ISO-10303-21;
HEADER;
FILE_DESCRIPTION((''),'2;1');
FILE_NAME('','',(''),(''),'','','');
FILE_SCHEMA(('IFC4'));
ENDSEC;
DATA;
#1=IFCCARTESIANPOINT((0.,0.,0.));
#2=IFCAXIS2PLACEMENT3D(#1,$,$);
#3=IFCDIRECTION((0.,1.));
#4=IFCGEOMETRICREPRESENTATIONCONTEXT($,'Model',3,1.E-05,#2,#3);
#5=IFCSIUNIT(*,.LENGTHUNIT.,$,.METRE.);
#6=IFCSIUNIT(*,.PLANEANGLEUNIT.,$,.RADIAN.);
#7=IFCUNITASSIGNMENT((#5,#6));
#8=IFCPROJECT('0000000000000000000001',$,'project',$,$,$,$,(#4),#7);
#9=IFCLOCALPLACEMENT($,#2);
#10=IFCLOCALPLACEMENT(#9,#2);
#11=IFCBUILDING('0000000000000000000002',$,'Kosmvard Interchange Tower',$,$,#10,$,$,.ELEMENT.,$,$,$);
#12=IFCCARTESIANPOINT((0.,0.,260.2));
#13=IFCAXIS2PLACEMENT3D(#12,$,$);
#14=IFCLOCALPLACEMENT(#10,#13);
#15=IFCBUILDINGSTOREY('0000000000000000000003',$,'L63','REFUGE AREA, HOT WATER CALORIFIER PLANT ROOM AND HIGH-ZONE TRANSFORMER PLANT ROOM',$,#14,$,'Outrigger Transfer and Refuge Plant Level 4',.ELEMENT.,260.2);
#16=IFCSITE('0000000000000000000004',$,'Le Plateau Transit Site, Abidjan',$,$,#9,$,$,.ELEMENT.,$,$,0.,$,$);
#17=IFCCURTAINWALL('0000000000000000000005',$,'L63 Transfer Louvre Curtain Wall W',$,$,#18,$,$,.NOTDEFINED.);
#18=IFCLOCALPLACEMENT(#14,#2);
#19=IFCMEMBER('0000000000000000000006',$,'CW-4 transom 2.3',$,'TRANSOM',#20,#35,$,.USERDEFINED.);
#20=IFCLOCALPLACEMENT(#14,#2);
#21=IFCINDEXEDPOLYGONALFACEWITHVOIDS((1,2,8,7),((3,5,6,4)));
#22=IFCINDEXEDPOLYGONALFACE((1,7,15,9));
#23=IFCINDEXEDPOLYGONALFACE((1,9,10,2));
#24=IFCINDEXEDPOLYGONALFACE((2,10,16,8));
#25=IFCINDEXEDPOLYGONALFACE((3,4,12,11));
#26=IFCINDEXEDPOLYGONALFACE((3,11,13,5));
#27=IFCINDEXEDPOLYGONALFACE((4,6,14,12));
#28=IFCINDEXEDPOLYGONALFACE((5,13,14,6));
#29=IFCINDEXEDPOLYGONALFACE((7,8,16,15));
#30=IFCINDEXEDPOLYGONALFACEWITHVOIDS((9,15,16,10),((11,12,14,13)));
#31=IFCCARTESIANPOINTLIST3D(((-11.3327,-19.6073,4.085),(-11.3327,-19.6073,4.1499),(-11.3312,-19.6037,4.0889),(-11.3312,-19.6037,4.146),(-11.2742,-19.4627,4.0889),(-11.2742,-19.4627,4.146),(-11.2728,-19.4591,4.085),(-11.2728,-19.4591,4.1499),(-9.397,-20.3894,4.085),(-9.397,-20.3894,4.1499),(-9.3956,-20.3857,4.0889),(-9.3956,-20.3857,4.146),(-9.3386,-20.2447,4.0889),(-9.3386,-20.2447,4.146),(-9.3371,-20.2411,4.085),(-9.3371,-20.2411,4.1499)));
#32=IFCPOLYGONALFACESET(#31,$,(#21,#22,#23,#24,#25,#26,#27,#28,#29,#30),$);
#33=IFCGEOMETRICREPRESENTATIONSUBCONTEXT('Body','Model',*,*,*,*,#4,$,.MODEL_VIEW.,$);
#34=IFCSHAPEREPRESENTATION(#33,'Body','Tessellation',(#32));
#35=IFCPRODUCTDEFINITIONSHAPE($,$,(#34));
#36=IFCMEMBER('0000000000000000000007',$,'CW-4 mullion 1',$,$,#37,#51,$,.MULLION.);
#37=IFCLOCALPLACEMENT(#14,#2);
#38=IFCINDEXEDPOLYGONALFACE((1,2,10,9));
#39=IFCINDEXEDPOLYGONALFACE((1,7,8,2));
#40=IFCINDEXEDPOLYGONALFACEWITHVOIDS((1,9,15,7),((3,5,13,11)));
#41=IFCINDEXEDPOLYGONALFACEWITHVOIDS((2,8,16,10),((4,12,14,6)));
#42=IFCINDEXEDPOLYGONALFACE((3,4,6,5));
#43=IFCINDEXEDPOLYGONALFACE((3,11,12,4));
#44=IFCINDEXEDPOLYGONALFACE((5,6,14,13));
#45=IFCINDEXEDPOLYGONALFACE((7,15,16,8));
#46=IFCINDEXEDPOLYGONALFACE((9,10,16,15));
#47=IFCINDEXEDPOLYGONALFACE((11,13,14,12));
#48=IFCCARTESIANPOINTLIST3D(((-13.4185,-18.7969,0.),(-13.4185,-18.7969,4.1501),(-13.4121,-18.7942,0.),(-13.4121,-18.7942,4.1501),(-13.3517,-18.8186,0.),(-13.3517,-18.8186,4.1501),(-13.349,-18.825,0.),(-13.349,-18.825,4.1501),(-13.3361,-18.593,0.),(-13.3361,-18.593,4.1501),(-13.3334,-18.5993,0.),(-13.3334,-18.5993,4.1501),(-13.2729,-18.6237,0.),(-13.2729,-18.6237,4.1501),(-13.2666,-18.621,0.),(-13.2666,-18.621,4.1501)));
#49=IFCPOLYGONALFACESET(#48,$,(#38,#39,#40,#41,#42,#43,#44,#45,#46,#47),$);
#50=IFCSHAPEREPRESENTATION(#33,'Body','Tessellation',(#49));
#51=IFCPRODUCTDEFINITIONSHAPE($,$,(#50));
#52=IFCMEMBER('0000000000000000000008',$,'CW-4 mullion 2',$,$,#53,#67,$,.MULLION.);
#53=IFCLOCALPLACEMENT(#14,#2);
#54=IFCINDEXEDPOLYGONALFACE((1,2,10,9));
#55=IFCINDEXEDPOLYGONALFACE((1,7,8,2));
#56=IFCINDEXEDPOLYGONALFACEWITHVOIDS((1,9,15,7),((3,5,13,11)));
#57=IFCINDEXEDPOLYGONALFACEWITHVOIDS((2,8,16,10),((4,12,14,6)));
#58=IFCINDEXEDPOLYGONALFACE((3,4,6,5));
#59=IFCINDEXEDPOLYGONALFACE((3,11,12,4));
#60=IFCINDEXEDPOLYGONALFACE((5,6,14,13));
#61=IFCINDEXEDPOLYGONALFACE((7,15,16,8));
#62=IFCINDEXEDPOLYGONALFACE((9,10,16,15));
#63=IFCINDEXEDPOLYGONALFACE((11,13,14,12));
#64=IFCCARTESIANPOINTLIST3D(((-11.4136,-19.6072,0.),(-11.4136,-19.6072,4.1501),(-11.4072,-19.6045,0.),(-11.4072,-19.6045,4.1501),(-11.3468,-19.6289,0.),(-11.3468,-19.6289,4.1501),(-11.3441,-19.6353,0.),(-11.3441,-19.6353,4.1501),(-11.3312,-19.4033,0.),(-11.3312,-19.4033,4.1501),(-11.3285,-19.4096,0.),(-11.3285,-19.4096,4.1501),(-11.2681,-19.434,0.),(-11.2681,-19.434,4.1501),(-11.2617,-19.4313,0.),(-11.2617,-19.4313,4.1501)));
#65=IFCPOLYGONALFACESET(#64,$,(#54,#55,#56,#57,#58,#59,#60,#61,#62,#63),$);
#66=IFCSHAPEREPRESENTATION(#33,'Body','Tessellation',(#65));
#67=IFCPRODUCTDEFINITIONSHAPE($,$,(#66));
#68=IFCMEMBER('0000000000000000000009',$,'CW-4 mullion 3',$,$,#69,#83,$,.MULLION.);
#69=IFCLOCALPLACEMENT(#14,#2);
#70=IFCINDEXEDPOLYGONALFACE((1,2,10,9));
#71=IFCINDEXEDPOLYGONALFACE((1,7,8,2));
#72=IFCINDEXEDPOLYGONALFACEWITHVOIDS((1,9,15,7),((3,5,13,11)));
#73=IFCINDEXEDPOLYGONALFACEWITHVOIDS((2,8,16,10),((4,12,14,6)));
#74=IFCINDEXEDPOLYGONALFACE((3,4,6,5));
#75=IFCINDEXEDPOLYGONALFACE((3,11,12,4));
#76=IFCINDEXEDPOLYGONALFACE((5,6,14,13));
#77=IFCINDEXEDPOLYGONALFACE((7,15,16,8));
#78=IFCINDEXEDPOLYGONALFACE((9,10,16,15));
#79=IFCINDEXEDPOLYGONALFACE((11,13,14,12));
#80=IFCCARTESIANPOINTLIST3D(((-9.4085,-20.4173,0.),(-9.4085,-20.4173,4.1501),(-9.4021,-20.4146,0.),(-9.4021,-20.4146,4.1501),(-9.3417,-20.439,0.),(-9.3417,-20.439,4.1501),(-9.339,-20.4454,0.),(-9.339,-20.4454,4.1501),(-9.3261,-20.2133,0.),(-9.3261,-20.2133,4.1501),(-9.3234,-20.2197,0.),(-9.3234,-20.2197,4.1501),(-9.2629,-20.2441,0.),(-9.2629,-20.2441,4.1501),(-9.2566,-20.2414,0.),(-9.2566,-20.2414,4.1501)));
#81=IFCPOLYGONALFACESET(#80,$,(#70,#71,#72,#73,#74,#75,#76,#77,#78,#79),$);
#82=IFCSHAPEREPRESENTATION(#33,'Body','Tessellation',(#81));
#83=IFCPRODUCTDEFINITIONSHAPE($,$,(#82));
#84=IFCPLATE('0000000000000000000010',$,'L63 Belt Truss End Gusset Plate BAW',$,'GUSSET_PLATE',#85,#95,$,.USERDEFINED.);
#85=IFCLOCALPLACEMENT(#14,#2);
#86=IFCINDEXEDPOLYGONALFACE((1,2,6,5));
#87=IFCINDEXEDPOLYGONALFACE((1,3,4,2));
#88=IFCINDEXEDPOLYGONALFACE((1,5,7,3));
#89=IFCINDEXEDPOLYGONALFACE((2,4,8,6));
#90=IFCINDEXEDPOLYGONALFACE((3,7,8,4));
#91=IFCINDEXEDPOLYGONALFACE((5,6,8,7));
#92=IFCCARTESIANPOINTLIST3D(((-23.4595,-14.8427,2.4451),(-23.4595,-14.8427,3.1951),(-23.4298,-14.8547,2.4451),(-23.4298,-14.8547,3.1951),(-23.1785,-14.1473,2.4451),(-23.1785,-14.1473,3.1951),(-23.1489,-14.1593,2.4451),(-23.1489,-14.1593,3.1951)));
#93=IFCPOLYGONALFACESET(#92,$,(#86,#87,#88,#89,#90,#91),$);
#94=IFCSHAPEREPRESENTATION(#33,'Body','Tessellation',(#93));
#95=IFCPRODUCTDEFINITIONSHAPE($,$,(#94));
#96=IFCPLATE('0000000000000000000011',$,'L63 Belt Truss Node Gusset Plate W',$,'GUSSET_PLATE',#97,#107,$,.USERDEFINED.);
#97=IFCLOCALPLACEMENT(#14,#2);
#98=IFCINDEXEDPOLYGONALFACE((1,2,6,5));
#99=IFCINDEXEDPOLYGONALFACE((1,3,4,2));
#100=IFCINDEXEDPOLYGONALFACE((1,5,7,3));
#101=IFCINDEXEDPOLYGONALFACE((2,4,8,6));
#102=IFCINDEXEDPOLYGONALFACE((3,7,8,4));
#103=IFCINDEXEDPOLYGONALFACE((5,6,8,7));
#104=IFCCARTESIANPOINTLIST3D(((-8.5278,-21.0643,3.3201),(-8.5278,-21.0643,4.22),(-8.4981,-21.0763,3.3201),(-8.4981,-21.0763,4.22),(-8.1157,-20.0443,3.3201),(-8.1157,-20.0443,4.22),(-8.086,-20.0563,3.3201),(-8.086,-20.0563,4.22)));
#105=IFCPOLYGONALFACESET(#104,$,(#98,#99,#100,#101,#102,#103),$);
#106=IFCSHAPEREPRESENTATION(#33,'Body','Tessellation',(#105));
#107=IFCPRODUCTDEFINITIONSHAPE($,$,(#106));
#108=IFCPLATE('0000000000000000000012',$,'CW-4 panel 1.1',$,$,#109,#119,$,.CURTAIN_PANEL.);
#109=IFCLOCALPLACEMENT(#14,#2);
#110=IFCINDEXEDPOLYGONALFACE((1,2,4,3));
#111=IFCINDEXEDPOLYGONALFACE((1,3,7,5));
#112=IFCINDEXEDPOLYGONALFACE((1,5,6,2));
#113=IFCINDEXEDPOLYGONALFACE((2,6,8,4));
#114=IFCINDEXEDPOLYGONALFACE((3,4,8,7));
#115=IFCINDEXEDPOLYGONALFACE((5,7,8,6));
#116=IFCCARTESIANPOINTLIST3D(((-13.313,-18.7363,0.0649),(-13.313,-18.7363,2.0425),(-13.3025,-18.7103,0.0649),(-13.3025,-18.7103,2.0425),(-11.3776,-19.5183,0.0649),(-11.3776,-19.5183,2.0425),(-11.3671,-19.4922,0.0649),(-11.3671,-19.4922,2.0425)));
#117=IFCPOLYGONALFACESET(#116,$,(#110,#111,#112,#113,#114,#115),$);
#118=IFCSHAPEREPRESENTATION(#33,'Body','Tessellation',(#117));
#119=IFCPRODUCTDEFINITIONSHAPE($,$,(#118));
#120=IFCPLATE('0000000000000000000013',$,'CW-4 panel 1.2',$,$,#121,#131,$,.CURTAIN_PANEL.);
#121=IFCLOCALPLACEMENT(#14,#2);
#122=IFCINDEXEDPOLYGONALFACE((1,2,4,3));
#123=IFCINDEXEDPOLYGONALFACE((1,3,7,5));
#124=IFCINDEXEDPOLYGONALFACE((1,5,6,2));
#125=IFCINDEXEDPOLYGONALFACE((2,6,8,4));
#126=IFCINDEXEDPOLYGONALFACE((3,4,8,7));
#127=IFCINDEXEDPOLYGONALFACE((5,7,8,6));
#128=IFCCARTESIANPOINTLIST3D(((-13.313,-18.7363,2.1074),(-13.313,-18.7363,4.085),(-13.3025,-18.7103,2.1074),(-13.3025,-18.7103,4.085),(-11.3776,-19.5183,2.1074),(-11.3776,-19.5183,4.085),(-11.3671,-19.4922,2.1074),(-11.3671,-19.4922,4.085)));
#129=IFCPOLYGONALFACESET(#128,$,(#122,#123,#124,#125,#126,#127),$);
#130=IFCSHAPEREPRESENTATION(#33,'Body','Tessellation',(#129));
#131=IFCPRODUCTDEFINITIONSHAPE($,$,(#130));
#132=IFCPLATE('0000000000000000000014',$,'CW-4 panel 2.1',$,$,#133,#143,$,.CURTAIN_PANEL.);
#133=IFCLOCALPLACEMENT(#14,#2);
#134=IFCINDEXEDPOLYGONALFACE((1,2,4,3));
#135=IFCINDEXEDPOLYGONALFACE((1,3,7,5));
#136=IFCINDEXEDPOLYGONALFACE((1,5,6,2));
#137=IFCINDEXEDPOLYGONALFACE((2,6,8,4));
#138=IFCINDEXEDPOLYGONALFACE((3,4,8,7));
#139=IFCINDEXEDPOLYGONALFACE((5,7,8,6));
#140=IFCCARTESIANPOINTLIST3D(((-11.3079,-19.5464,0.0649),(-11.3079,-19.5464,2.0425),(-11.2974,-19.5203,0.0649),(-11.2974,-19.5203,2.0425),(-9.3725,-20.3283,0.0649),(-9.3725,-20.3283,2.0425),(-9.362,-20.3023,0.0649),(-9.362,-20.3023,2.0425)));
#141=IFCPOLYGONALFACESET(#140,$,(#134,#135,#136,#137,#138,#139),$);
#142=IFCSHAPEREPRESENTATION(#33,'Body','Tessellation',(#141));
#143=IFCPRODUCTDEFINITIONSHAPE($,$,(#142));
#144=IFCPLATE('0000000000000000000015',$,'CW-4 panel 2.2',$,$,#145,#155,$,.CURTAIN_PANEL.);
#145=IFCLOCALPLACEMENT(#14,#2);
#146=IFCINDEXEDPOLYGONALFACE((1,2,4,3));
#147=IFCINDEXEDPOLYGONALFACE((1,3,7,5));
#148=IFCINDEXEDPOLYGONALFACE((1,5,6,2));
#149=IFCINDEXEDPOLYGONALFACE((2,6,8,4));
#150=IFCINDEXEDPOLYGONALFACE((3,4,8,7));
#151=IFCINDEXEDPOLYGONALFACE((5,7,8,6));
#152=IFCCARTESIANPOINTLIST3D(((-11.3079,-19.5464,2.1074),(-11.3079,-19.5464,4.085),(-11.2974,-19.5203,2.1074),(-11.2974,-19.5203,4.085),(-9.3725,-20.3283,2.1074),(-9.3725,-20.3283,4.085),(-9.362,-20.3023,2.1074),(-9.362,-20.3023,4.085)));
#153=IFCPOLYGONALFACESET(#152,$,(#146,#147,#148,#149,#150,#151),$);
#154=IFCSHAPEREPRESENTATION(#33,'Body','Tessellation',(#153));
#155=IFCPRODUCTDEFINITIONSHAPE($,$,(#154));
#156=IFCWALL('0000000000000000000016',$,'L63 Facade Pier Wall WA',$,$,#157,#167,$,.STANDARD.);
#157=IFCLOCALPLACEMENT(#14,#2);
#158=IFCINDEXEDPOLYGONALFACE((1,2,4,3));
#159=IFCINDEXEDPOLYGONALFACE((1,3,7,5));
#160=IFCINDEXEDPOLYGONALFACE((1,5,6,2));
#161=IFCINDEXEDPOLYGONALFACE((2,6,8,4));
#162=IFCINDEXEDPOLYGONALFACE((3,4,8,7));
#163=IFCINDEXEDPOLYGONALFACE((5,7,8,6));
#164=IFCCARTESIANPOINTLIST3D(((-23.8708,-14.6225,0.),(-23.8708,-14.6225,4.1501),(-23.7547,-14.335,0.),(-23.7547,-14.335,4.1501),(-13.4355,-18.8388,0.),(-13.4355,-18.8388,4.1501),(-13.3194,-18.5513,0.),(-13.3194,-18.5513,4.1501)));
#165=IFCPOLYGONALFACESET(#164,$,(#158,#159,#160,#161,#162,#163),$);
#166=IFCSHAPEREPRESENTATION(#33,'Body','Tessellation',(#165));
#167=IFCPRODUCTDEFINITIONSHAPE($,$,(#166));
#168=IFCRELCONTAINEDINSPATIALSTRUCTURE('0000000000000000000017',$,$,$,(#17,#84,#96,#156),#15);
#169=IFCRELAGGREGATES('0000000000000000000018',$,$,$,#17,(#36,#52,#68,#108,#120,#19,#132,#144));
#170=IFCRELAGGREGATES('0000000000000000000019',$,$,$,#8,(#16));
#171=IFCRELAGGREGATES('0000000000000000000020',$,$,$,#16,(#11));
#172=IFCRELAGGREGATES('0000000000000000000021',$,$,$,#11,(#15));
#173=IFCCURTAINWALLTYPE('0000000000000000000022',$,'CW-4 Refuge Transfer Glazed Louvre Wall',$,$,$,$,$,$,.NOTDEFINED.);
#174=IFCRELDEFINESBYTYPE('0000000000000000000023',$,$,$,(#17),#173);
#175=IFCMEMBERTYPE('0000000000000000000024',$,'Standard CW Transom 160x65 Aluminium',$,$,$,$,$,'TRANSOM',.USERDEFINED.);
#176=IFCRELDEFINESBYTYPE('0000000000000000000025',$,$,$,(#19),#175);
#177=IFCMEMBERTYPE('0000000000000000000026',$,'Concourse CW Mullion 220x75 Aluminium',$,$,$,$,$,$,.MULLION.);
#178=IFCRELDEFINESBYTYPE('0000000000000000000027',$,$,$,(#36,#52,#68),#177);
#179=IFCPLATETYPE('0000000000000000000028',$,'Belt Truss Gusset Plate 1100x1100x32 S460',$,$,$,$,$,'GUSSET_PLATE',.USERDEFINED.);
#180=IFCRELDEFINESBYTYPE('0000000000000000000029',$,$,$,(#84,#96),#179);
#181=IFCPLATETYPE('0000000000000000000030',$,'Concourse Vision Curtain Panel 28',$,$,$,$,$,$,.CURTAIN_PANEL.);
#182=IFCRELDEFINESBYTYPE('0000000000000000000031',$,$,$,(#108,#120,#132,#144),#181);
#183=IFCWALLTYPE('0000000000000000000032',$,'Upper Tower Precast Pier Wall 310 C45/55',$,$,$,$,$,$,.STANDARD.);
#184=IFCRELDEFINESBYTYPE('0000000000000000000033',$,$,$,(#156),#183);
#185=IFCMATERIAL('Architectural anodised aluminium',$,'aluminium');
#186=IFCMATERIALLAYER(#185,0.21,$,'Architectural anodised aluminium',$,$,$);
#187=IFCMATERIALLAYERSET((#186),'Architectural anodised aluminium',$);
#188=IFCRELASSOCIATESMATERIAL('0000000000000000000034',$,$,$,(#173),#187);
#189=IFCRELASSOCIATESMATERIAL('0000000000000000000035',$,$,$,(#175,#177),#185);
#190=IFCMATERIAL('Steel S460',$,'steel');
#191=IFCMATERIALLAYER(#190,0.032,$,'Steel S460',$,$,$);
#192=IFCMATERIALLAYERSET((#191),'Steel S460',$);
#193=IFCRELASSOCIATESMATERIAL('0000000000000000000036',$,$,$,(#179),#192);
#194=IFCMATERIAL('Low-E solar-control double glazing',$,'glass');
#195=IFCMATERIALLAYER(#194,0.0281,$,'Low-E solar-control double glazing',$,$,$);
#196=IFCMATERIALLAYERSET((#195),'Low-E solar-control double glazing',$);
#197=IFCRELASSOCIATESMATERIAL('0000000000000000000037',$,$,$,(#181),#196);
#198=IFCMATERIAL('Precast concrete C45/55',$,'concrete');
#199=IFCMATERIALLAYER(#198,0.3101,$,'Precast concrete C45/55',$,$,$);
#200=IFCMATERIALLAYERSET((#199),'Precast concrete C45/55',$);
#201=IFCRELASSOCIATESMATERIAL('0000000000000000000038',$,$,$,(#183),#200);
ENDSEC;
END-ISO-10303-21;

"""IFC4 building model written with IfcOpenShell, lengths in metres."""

from ifc_helpers import new_model, si_unit, direction, frame, frame_2d, origin, origin_2d, place, context, subcontext, project, spatial, rectangle, hollow_rectangle, extrude, source, transform, mapped, material, layer, layer_set, material_profile, profile_set, type_object, element, aggregate, save


model = new_model("IFC4")

# Units and contexts
model_context = context("Model", 3, precision=1e-05, world=origin(), true_north=direction((0.0, 1.0)))
body_context = subcontext(model_context, "Body", "Model", "MODEL_VIEW")
ifc_project = project(units=[si_unit("LENGTHUNIT", "METRE"), si_unit("PLANEANGLEUNIT", "RADIAN")], contexts=[model_context])

# Site, building, storey
site_placement = place(None, origin())
site = spatial("IfcSite", under=ifc_project, at=site_placement, Name="Le Plateau Transit Site, Abidjan", CompositionType="ELEMENT", RefElevation=0.0)
building_placement = place(site_placement, origin())
building = spatial("IfcBuilding", under=site, at=building_placement, Name="Kosmvard Interchange Tower", CompositionType="ELEMENT")
storey_placement = place(building_placement, frame((0.0, 0.0, 260.2)))
storey = spatial("IfcBuildingStorey", under=building, at=storey_placement, Name="L63", Description="REFUGE AREA, HOT WATER CALORIFIER PLANT ROOM AND HIGH-ZONE TRANSFORMER PLANT ROOM", LongName="Outrigger Transfer and Refuge Plant Level 4", CompositionType="ELEMENT", Elevation=260.2)

# Shared definitions
ifc_material_1 = material(Name="Steel S460", Category="steel")

# Curtain wall, members
ifc_material_2 = material(Name="Architectural anodised aluminium", Category="aluminium")
ifc_layer_1 = layer(ifc_material_2, 0.21, Name="Architectural anodised aluminium")
ifc_layer_set_1 = layer_set([ifc_layer_1], Name="Architectural anodised aluminium")
curtain_wall_type = type_object("IfcCurtainWallType", Name="CW-4 Refuge Transfer Glazed Louvre Wall", PredefinedType="NOTDEFINED", material=ifc_layer_set_1)
curtain_wall_placement = place(storey_placement, origin())
curtain_wall = element("IfcCurtainWall", 1, at=curtain_wall_placement, inside=storey, type_object=curtain_wall_type, Name="L63 Transfer Louvre Curtain Wall W", PredefinedType="NOTDEFINED")
ifc_material_profile_1 = material_profile(ifc_material_2, hollow_rectangle(XDim=0.1599, YDim=0.0649, WallThickness=0.0039, at=origin_2d()), Name="CWT 160x65x4")
ifc_profile_set_1 = profile_set([ifc_material_profile_1], Name="Architectural anodised aluminium")
member_type_1 = type_object("IfcMemberType", Name="Standard CW Transom 160x65 Aluminium", ElementType="TRANSOM", PredefinedType="USERDEFINED", material=ifc_profile_set_1)
shared_shape_1 = source(origin(), body_context, "Body", "SweptSolid", [
    extrude(hollow_rectangle(XDim=0.1599, YDim=0.0649, WallThickness=0.0039, at=origin_2d()), origin(), (0.0, 0.0, 1.0), 2.0876),
])
member_1_placement = place(storey_placement, frame((-11.3027, -19.5332, 4.1174), z_axis=(0.927189, -0.374595, 0.0), x_axis=(0.374595, 0.927189, 0.0)))
member_1 = element("IfcMember", 2, at=member_1_placement, type_object=member_type_1, Name="CW-4 transom 2.3", ObjectType="TRANSOM", PredefinedType="USERDEFINED", context=body_context, shape_type="MappedRepresentation", body=[
    mapped(shared_shape_1, transform((0.0, 0.0, 0.0), scale=1.0)),
])
ifc_material_profile_2 = material_profile(ifc_material_2, hollow_rectangle(XDim=0.22, YDim=0.075, WallThickness=0.0049, at=origin_2d()), Name="CWM 220x75x5")
ifc_profile_set_2 = profile_set([ifc_material_profile_2], Name="Architectural anodised aluminium")
member_type_2 = type_object("IfcMemberType", Name="Concourse CW Mullion 220x75 Aluminium", PredefinedType="MULLION", material=ifc_profile_set_2)
shared_shape_2 = source(origin(), body_context, "Body", "SweptSolid", [
    extrude(hollow_rectangle(XDim=0.22, YDim=0.075, WallThickness=0.0049, at=origin_2d()), origin(), (0.0, 0.0, 1.0), 4.1501),
])
member_2_placement = place(storey_placement, frame((-13.3425, -18.709, 0.0), z_axis=(0.0, 0.0, 1.0), x_axis=(0.374607, 0.927184, 0.0)))
member_2 = element("IfcMember", 3, at=member_2_placement, type_object=member_type_2, Name="CW-4 mullion 1", PredefinedType="MULLION", context=body_context, shape_type="MappedRepresentation", body=[
    mapped(shared_shape_2, transform((0.0, 0.0, 0.0), scale=1.0)),
])
member_3_placement = place(storey_placement, frame((-11.3376, -19.5193, 0.0), z_axis=(0.0, 0.0, 1.0), x_axis=(0.374607, 0.927184, 0.0)))
member_3 = element("IfcMember", 4, at=member_3_placement, type_object=member_type_2, Name="CW-4 mullion 2", PredefinedType="MULLION", context=body_context, shape_type="MappedRepresentation", body=[
    mapped(shared_shape_2, transform((0.0, 0.0, 0.0), scale=1.0)),
])
member_4_placement = place(storey_placement, frame((-9.3325, -20.3293, 0.0), z_axis=(0.0, 0.0, 1.0), x_axis=(0.374607, 0.927184, 0.0)))
member_4 = element("IfcMember", 5, at=member_4_placement, type_object=member_type_2, Name="CW-4 mullion 3", PredefinedType="MULLION", context=body_context, shape_type="MappedRepresentation", body=[
    mapped(shared_shape_2, transform((0.0, 0.0, 0.0), scale=1.0)),
])

# Plates
ifc_layer_2 = layer(ifc_material_1, 0.032, Name="Steel S460")
ifc_layer_set_2 = layer_set([ifc_layer_2], Name="Steel S460")
plate_type_1 = type_object("IfcPlateType", Name="Belt Truss Gusset Plate 1100x1100x32 S460", ElementType="GUSSET_PLATE", PredefinedType="USERDEFINED", material=ifc_layer_set_2)
shared_shape_3 = source(origin(), body_context, "Body", "SweptSolid", [
    extrude(rectangle(XDim=0.75, YDim=0.032, at=origin_2d()), origin(), (0.0, 0.0, 1.0), 0.75),
])
plate_1_placement = place(storey_placement, frame((-23.3042, -14.501, 2.4451), z_axis=(0.0, 0.0, 1.0), x_axis=(0.374607, 0.927184, 0.0)))
element("IfcPlate", 6, at=plate_1_placement, inside=storey, type_object=plate_type_1, Name="L63 Belt Truss End Gusset Plate BAW", ObjectType="GUSSET_PLATE", PredefinedType="USERDEFINED", context=body_context, shape_type="MappedRepresentation", body=[
    mapped(shared_shape_3, transform((0.0, 0.0, 0.0), scale=1.0)),
])
shared_shape_4 = source(origin(), body_context, "Body", "SweptSolid", [
    extrude(rectangle(XDim=1.1001, YDim=0.032, at=origin_2d()), origin(), (0.0, 0.0, 1.0), 0.8999),
])
plate_2_placement = place(storey_placement, frame((-8.3069, -20.5603, 3.3201), z_axis=(0.0, 0.0, 1.0), x_axis=(0.374607, 0.927184, 0.0)))
element("IfcPlate", 7, at=plate_2_placement, inside=storey, type_object=plate_type_1, Name="L63 Belt Truss Node Gusset Plate W", ObjectType="GUSSET_PLATE", PredefinedType="USERDEFINED", context=body_context, shape_type="MappedRepresentation", body=[
    mapped(shared_shape_4, transform((0.0, 0.0, 0.0), scale=1.0)),
])

# Plates
ifc_material_3 = material(Name="Low-E solar-control double glazing", Category="glass")
ifc_layer_3 = layer(ifc_material_3, 0.0281, Name="Low-E solar-control double glazing")
ifc_layer_set_3 = layer_set([ifc_layer_3], Name="Low-E solar-control double glazing")
plate_type_2 = type_object("IfcPlateType", Name="Concourse Vision Curtain Panel 28", PredefinedType="CURTAIN_PANEL", material=ifc_layer_set_3)
shared_shape_5 = source(origin(), body_context, "Body", "SweptSolid", [
    extrude(rectangle(XDim=2.0874, YDim=0.0281, at=origin_2d()), origin(), (0.0, 0.0, 1.0), 1.9775),
])
plate_3_placement = place(storey_placement, frame((-12.3401, -19.1143, 0.0649), z_axis=(0.0, 0.0, 1.0), x_axis=(0.927184, -0.374607, 0.0)))
plate_3 = element("IfcPlate", 8, at=plate_3_placement, type_object=plate_type_2, Name="CW-4 panel 1.1", PredefinedType="CURTAIN_PANEL", context=body_context, shape_type="MappedRepresentation", body=[
    mapped(shared_shape_5, transform((0.0, 0.0, 0.0), scale=1.0)),
])
plate_4_placement = place(storey_placement, frame((-12.3401, -19.1143, 2.1074), z_axis=(0.0, 0.0, 1.0), x_axis=(0.927184, -0.374607, 0.0)))
plate_4 = element("IfcPlate", 9, at=plate_4_placement, type_object=plate_type_2, Name="CW-4 panel 1.2", PredefinedType="CURTAIN_PANEL", context=body_context, shape_type="MappedRepresentation", body=[
    mapped(shared_shape_5, transform((0.0, 0.0, 0.0), scale=1.0)),
])
plate_5_placement = place(storey_placement, frame((-10.335, -19.9243, 0.0649), z_axis=(0.0, 0.0, 1.0), x_axis=(0.927184, -0.374607, 0.0)))
plate_5 = element("IfcPlate", 10, at=plate_5_placement, type_object=plate_type_2, Name="CW-4 panel 2.1", PredefinedType="CURTAIN_PANEL", context=body_context, shape_type="MappedRepresentation", body=[
    mapped(shared_shape_5, transform((0.0, 0.0, 0.0), scale=1.0)),
])
plate_6_placement = place(storey_placement, frame((-10.335, -19.9243, 2.1074), z_axis=(0.0, 0.0, 1.0), x_axis=(0.927184, -0.374607, 0.0)))
plate_6 = element("IfcPlate", 11, at=plate_6_placement, type_object=plate_type_2, Name="CW-4 panel 2.2", PredefinedType="CURTAIN_PANEL", context=body_context, shape_type="MappedRepresentation", body=[
    mapped(shared_shape_5, transform((0.0, 0.0, 0.0), scale=1.0)),
])
aggregate(curtain_wall, [member_2, member_3, member_4, plate_3, plate_4, member_1, plate_5, plate_6])

# Wall
ifc_material_4 = material(Name="Precast concrete C45/55", Category="concrete")
ifc_layer_4 = layer(ifc_material_4, 0.3101, Name="Precast concrete C45/55")
ifc_layer_set_4 = layer_set([ifc_layer_4], Name="Precast concrete C45/55")
wall_type = type_object("IfcWallType", Name="Upper Tower Precast Pier Wall 310 C45/55", PredefinedType="STANDARD", material=ifc_layer_set_4)
wall_1_placement = place(storey_placement, frame((-23.8127, -14.4788, 0.0), z_axis=(0.0, 0.0, 1.0), x_axis=(0.927179, -0.37462, 0.0)))
element("IfcWall", 12, at=wall_1_placement, inside=storey, type_object=wall_type, Name="L63 Facade Pier Wall WA", PredefinedType="STANDARD", context=body_context, shape_type="SweptSolid", body=[
    extrude(rectangle(XDim=11.2549, YDim=0.3101, at=frame_2d((5.6274, 0.0))), origin(), (0.0, 0.0, 1.0), 4.1501),
])

save(model, "model.ifc")
